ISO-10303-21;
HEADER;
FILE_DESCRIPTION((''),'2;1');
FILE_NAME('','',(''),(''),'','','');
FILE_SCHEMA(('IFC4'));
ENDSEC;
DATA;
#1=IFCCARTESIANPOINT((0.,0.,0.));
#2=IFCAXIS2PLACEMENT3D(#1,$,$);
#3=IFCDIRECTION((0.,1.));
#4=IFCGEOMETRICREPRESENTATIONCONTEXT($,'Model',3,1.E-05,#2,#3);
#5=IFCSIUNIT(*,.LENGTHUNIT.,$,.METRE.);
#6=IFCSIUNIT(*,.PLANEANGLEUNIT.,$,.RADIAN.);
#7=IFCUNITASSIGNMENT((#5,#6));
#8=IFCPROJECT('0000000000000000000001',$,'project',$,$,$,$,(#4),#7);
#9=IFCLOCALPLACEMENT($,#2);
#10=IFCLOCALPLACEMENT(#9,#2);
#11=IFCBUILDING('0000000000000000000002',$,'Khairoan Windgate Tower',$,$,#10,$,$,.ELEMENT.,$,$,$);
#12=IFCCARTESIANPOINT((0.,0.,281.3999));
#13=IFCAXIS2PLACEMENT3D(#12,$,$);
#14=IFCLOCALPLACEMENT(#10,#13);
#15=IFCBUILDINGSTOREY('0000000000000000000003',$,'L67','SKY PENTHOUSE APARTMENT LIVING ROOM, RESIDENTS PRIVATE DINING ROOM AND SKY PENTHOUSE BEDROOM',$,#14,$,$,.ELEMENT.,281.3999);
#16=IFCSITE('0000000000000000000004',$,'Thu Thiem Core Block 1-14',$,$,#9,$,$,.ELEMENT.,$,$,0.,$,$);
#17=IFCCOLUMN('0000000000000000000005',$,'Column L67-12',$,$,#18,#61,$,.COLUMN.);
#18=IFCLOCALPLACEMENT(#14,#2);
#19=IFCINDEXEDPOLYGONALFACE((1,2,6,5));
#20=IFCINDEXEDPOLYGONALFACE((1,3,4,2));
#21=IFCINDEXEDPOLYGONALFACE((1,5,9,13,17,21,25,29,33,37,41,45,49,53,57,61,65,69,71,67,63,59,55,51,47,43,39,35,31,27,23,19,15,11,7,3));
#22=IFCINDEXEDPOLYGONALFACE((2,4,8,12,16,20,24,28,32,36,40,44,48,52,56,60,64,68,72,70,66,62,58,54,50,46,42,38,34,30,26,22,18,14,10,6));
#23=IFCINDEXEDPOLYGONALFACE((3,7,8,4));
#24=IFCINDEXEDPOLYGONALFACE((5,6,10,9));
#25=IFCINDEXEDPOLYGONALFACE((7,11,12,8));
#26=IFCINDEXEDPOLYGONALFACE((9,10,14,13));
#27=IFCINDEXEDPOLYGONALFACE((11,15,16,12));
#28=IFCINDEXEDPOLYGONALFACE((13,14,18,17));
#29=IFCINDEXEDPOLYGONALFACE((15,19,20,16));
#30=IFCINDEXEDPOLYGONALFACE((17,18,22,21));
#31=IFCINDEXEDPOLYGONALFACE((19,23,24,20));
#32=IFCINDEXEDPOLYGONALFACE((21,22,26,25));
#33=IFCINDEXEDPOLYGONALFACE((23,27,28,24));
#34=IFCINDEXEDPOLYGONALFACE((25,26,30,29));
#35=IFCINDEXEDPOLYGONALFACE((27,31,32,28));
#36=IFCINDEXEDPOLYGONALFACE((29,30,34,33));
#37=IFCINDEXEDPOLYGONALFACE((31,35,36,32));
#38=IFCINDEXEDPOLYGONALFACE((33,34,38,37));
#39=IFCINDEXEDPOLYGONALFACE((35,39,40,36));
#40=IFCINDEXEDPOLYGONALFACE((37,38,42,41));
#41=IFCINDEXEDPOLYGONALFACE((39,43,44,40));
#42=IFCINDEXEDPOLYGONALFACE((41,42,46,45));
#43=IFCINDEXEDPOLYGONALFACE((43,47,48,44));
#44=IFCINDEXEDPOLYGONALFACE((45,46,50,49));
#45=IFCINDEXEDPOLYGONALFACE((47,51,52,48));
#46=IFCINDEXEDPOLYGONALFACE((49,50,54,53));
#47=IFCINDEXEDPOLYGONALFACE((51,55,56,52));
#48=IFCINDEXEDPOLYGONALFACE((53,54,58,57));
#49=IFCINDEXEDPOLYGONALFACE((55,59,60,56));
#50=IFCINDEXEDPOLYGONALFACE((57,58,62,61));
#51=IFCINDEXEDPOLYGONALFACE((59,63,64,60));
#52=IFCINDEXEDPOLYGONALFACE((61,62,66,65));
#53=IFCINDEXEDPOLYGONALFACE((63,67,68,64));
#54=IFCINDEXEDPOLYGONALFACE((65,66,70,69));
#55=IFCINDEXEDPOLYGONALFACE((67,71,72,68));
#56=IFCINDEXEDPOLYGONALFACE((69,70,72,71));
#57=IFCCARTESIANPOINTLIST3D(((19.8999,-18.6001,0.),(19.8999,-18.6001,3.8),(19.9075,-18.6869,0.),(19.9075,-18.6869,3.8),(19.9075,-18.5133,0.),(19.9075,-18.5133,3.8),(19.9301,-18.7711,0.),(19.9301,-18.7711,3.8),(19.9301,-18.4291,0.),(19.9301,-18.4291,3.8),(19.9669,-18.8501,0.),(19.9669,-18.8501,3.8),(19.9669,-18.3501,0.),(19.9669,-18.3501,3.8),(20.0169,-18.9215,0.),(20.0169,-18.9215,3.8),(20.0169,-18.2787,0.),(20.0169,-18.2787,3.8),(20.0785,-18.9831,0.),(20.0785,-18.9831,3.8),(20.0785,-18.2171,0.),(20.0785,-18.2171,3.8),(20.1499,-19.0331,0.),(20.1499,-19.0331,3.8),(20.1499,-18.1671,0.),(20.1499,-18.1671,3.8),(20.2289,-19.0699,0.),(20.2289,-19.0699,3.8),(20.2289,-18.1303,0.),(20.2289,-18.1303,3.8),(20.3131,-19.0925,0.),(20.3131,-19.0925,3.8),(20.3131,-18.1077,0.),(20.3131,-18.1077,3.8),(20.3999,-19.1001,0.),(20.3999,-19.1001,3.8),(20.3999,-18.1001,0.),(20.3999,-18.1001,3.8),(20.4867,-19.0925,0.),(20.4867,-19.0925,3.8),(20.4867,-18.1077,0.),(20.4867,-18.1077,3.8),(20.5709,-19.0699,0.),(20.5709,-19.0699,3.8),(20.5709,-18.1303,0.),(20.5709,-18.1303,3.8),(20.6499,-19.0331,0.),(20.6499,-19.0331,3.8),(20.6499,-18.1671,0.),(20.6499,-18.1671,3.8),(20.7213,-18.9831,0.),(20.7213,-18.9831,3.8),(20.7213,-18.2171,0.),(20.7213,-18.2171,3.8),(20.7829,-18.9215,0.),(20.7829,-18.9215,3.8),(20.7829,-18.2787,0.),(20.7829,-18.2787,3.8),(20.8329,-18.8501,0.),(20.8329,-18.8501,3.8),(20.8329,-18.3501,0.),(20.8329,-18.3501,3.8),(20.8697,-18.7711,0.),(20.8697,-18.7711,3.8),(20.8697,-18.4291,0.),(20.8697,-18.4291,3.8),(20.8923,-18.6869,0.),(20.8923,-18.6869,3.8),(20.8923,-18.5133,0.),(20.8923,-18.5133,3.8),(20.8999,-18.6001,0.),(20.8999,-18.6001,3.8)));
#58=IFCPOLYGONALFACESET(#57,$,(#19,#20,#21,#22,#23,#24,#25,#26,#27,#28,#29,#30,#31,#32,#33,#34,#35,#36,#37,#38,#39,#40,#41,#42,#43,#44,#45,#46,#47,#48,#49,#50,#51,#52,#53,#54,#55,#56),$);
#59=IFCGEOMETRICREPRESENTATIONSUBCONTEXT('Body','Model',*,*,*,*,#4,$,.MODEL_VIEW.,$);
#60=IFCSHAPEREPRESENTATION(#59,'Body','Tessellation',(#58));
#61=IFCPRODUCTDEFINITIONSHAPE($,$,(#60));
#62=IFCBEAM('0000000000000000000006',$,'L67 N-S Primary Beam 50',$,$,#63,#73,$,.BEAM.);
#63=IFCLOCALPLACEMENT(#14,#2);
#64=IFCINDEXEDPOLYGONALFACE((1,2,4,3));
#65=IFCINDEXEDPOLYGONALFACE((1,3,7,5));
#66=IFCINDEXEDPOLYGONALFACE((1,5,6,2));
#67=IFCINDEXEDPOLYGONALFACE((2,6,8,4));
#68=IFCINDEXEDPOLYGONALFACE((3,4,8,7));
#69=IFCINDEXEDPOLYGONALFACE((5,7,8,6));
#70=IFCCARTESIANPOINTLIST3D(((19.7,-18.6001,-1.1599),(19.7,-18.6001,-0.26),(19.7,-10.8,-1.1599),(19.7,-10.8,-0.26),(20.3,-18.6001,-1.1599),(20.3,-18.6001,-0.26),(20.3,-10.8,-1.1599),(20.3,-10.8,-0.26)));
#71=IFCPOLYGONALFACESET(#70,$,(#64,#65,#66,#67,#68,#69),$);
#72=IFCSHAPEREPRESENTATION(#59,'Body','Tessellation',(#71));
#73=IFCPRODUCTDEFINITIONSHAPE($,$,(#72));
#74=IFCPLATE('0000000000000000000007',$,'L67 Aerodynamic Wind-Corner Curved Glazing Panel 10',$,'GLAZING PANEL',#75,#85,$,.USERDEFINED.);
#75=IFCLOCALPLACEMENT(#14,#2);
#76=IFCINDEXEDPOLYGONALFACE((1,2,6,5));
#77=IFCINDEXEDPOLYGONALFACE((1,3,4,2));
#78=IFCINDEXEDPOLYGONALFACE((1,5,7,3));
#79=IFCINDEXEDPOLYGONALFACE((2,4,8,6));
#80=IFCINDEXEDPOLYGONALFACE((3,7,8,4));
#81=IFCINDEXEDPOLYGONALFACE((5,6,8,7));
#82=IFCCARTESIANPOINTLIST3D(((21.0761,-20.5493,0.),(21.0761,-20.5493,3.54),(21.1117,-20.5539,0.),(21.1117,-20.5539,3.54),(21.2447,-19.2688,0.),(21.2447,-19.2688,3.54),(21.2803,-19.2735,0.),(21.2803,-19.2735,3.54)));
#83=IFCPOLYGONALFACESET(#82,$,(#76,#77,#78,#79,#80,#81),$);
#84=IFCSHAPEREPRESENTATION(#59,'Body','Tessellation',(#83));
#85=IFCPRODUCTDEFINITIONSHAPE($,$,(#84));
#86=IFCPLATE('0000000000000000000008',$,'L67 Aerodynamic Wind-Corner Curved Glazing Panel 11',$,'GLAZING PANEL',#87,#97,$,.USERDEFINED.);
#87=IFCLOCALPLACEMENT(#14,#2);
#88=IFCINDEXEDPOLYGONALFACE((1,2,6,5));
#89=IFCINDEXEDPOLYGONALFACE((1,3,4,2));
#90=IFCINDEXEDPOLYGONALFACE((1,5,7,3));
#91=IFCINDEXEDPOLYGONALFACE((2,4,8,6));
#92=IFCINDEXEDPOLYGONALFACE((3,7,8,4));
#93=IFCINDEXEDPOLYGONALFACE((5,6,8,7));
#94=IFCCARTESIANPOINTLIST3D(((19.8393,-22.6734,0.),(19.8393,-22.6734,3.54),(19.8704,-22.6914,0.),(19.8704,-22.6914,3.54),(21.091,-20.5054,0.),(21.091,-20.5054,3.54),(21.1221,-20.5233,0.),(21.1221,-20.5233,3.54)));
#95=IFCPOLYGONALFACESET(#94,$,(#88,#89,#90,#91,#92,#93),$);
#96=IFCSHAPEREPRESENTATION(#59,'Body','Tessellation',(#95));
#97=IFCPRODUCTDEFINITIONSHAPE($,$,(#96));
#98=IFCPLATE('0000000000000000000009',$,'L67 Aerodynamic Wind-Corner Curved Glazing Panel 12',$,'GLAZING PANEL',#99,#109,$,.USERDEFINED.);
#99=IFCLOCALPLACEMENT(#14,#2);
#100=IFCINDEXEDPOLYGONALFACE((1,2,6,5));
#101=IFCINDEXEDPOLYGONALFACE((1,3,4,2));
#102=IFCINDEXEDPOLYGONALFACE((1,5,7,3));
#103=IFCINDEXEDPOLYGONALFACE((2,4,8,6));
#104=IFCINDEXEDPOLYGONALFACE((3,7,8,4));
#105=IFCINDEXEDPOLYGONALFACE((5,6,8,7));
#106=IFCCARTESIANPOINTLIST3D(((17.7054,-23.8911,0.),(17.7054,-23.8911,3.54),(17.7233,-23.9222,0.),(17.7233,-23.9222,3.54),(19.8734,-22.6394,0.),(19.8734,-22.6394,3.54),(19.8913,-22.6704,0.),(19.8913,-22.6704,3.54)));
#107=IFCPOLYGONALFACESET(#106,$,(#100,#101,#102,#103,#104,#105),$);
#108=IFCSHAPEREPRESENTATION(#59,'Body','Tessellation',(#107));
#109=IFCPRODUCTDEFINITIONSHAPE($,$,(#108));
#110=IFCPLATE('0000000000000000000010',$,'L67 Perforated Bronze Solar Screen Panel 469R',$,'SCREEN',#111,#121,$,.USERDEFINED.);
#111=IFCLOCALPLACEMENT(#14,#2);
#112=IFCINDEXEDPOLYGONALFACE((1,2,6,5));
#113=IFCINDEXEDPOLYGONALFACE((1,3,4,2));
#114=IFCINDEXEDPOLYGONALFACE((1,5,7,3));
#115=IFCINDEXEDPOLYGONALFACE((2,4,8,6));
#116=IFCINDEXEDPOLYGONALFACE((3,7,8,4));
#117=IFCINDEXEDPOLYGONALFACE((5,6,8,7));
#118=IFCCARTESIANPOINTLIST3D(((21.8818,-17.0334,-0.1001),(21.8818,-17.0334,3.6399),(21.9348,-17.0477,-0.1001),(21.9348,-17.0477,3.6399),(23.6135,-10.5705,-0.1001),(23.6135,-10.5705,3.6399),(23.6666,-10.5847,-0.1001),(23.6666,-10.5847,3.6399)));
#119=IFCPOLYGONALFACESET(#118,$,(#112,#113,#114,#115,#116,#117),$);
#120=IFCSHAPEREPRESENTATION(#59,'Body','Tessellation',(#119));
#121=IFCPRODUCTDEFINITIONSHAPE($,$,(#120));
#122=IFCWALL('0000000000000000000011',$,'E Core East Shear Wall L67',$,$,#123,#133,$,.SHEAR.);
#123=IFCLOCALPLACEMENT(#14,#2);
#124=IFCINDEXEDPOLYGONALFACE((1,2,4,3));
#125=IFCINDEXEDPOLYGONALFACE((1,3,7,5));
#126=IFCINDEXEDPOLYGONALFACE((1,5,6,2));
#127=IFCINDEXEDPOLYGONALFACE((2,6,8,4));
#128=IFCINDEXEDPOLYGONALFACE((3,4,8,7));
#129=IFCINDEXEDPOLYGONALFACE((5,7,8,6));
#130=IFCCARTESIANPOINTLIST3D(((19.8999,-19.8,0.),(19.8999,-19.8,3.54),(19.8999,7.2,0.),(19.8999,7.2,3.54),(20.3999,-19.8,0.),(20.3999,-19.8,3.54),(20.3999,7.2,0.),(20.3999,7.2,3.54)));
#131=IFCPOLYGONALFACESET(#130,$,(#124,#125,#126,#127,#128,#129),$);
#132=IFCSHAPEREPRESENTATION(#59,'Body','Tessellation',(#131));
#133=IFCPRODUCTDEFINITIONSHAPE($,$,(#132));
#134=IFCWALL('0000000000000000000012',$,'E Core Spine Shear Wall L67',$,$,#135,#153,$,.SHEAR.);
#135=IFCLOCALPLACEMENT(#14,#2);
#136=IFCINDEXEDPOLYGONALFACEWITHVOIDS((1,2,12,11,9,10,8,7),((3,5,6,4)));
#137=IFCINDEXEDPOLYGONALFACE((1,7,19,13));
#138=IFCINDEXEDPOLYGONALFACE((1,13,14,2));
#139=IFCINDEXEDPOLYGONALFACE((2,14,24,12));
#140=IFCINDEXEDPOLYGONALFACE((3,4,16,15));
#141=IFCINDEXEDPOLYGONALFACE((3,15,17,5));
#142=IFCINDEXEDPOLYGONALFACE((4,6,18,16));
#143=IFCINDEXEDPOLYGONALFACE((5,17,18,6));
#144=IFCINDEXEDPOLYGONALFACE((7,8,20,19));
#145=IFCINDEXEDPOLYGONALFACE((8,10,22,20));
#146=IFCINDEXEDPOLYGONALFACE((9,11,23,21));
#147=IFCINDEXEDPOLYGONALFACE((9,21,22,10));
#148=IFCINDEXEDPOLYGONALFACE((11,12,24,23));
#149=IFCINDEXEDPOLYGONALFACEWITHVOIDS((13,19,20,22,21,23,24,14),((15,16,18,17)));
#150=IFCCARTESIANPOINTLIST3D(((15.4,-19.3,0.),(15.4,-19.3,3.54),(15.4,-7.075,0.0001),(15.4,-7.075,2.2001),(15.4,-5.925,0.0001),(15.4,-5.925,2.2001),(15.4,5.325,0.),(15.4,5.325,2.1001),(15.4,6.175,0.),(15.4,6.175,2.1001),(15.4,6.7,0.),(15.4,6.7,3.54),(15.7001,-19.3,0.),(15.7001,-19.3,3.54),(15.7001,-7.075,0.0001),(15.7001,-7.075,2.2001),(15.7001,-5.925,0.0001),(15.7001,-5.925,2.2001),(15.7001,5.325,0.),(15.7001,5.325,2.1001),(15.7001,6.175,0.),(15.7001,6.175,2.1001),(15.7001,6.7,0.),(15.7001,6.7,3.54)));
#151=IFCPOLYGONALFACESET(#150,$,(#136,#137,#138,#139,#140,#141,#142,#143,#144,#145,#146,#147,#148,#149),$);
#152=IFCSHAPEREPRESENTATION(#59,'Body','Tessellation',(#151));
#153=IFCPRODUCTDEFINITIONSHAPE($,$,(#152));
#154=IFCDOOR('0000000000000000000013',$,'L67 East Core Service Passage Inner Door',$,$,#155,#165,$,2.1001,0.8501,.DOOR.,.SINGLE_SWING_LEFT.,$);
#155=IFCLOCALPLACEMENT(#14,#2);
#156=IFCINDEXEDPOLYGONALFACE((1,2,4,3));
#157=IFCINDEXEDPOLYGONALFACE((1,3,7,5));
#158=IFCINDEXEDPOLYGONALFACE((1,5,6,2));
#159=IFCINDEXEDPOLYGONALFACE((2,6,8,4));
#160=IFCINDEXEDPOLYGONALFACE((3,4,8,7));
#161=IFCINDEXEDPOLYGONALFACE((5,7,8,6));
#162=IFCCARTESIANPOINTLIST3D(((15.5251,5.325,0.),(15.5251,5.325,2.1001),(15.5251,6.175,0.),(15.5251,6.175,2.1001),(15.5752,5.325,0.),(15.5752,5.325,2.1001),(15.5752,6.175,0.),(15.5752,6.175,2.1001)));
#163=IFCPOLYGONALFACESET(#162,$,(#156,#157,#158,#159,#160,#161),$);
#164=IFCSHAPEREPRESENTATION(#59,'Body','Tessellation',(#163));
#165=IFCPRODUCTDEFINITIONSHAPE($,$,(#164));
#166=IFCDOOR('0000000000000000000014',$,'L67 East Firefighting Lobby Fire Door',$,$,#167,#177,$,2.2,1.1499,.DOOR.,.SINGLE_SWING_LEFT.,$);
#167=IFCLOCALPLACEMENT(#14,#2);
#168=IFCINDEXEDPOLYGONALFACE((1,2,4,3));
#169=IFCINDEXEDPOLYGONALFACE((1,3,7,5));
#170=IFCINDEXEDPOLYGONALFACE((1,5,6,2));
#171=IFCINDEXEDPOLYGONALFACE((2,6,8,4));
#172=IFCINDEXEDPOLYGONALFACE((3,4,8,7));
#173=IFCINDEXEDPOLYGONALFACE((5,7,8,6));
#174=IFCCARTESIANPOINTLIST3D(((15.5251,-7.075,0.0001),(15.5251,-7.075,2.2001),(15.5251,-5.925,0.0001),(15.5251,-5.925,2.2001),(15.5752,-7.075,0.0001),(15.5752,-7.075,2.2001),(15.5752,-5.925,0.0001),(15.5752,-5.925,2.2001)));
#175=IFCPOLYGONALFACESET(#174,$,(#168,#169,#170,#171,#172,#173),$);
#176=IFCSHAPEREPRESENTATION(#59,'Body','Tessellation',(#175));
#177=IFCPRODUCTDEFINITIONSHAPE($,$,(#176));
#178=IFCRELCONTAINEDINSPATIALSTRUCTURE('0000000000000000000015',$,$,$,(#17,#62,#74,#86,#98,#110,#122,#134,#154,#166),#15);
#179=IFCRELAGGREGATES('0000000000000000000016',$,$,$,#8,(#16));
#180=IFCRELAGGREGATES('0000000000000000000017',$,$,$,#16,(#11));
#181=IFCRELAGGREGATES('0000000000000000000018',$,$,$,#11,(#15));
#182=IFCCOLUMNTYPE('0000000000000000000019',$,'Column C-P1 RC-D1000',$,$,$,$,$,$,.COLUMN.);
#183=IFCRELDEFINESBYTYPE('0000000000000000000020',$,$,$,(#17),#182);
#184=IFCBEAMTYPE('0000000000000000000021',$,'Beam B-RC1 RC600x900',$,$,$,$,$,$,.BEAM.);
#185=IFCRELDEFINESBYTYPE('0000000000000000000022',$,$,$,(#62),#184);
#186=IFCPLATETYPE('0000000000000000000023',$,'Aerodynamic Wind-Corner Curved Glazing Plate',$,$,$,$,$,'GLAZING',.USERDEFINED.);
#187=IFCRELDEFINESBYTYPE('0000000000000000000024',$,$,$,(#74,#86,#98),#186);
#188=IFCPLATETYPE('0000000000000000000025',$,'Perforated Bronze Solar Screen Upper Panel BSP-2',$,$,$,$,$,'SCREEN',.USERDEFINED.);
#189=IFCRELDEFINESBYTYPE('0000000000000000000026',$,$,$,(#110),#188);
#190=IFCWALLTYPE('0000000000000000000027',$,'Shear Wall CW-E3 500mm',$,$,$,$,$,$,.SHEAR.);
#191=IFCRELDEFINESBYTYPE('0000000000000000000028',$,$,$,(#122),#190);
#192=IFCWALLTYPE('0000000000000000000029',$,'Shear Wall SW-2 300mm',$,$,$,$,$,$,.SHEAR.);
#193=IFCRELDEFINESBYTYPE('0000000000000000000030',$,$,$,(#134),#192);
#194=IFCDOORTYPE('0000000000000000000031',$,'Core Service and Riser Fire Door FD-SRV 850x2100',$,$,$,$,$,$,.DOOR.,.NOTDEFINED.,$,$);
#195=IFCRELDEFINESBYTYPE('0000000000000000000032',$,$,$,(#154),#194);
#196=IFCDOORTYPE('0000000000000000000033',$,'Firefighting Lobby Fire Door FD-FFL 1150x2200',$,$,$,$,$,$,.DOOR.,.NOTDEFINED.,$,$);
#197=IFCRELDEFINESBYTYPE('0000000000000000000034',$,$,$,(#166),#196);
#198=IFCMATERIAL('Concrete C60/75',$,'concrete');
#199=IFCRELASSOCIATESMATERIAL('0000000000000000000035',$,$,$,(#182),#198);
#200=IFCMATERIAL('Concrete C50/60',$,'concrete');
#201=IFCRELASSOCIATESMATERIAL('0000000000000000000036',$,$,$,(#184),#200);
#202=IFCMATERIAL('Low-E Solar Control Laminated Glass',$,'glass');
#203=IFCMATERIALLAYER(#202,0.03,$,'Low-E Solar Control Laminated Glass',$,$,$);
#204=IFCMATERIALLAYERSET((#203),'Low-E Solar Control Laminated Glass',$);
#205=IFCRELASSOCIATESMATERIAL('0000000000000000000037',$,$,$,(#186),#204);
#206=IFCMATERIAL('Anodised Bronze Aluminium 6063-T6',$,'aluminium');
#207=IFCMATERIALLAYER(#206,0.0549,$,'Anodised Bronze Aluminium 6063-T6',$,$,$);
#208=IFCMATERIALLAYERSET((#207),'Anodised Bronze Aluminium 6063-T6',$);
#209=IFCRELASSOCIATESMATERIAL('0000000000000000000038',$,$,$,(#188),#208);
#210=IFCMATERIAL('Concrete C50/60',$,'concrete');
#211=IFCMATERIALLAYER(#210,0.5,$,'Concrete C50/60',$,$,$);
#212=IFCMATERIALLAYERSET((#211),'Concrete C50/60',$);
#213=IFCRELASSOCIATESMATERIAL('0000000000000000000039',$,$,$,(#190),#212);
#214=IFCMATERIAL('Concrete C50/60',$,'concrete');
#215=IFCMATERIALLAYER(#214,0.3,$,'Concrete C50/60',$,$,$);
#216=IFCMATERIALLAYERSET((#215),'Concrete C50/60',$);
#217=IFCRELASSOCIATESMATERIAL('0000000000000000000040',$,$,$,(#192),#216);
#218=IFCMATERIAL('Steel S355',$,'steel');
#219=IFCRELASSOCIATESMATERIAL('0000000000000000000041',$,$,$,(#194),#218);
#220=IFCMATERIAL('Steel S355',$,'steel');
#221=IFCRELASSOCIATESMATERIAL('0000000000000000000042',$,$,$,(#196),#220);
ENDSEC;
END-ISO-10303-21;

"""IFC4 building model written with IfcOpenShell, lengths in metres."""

from ifc_helpers import new_model, si_unit, direction, frame, frame_2d, origin, origin_2d, place, context, subcontext, project, spatial, rectangle, circle, extrude, material, layer, layer_set, material_profile, profile_set, type_object, element, fill, save


model = new_model("IFC4")

# Units and contexts
model_context = context("Model", 3, precision=1e-05, world=origin(), true_north=direction((0.0, 1.0)))
body_context = subcontext(model_context, "Body", "Model", "MODEL_VIEW")
ifc_project = project(units=[si_unit("LENGTHUNIT", "METRE"), si_unit("PLANEANGLEUNIT", "RADIAN")], contexts=[model_context])

# Site, building, storey
site_placement = place(None, origin())
site = spatial("IfcSite", under=ifc_project, at=site_placement, Name="Thu Thiem Core Block 1-14", CompositionType="ELEMENT", RefElevation=0.0)
building_placement = place(site_placement, origin())
building = spatial("IfcBuilding", under=site, at=building_placement, Name="Khairoan Windgate Tower", CompositionType="ELEMENT")
storey_placement = place(building_placement, frame((0.0, 0.0, 281.3999)))
storey = spatial("IfcBuildingStorey", under=building, at=storey_placement, Name="L67", Description="SKY PENTHOUSE APARTMENT LIVING ROOM, RESIDENTS PRIVATE DINING ROOM AND SKY PENTHOUSE BEDROOM", CompositionType="ELEMENT", Elevation=281.3999)

# Column
ifc_material_1 = material(Name="Concrete C60/75", Category="concrete")
ifc_material_profile_1 = material_profile(ifc_material_1, circle(Radius=0.5, at=origin_2d()))
ifc_profile_set_1 = profile_set([ifc_material_profile_1], Name="Concrete C60/75")
column_type = type_object("IfcColumnType", Name="Column C-P1 RC-D1000", PredefinedType="COLUMN", material=ifc_profile_set_1)
column_placement = place(storey_placement, frame((20.3999, -18.6001, 0.0), z_axis=(0.0, 0.0, 1.0), x_axis=(1.0, 0.0, 0.0)))
element("IfcColumn", 1, at=column_placement, inside=storey, type_object=column_type, Name="Column L67-12", PredefinedType="COLUMN", context=body_context, shape_type="SweptSolid", body=[
    extrude(circle(Radius=0.5, at=origin_2d()), origin(), (0.0, 0.0, 1.0), 3.8),
])

# Beam
ifc_material_2 = material(Name="Concrete C50/60", Category="concrete")
ifc_material_profile_2 = material_profile(ifc_material_2, rectangle(XDim=0.6001, YDim=0.8999, at=origin_2d()))
ifc_profile_set_2 = profile_set([ifc_material_profile_2], Name="Concrete C50/60")
beam_type = type_object("IfcBeamType", Name="Beam B-RC1 RC600x900", PredefinedType="BEAM", material=ifc_profile_set_2)
beam_placement = place(storey_placement, frame((20.0, -18.6001, -0.71), z_axis=(0.0, 1.0, 0.0), x_axis=(-1.0, 0.0, 0.0)))
element("IfcBeam", 2, at=beam_placement, inside=storey, type_object=beam_type, Name="L67 N-S Primary Beam 50", PredefinedType="BEAM", context=body_context, shape_type="SweptSolid", body=[
    extrude(rectangle(XDim=0.6001, YDim=0.8999, at=origin_2d()), origin(), (0.0, 0.0, 1.0), 7.8),
])

# Plates
ifc_material_3 = material(Name="Low-E Solar Control Laminated Glass", Category="glass")
ifc_layer_1 = layer(ifc_material_3, 0.03, Name="Low-E Solar Control Laminated Glass")
ifc_layer_set_1 = layer_set([ifc_layer_1], Name="Low-E Solar Control Laminated Glass")
plate_type_1 = type_object("IfcPlateType", Name="Aerodynamic Wind-Corner Curved Glazing Plate", ElementType="GLAZING", PredefinedType="USERDEFINED", material=ifc_layer_set_1)
plate_1_placement = place(storey_placement, frame((21.1782, -19.9114, 0.0), z_axis=(0.0, 0.0, 1.0), x_axis=(-0.130526, -0.991445, 0.0)))
element("IfcPlate", 3, at=plate_1_placement, inside=storey, type_object=plate_type_1, Name="L67 Aerodynamic Wind-Corner Curved Glazing Panel 10", ObjectType="GLAZING PANEL", PredefinedType="USERDEFINED", context=body_context, shape_type="SweptSolid", body=[
    extrude(rectangle(XDim=1.2915, YDim=0.0359, at=origin_2d()), origin(), (0.0, 0.0, 1.0), 3.54),
])
for number, where, z_axis, x_axis, name in (
    (4, (20.4807, -21.5984, 0.0), (0.0, 0.0, 1.0), (-0.5, -0.866025, 0.0), "L67 Aerodynamic Wind-Corner Curved Glazing Panel 11"),
    (5, (18.7983, -23.2808, 0.0), (0.0, 0.0, 1.0), (-0.866025, -0.5, 0.0), "L67 Aerodynamic Wind-Corner Curved Glazing Panel 12"),
):
    element("IfcPlate", number, at=place(storey_placement, frame(where, z_axis=z_axis, x_axis=x_axis)), inside=storey, type_object=plate_type_1, Name=name, ObjectType="GLAZING PANEL", PredefinedType="USERDEFINED", context=body_context, shape_type="SweptSolid", body=[
        extrude(rectangle(XDim=2.5034, YDim=0.0359, at=origin_2d()), origin(), (0.0, 0.0, 1.0), 3.54),
    ])

# Plate
ifc_material_4 = material(Name="Anodised Bronze Aluminium 6063-T6", Category="aluminium")
ifc_layer_2 = layer(ifc_material_4, 0.0549, Name="Anodised Bronze Aluminium 6063-T6")
ifc_layer_set_2 = layer_set([ifc_layer_2], Name="Anodised Bronze Aluminium 6063-T6")
plate_type_2 = type_object("IfcPlateType", Name="Perforated Bronze Solar Screen Upper Panel BSP-2", ElementType="SCREEN", PredefinedType="USERDEFINED", material=ifc_layer_set_2)
plate_2_placement = place(storey_placement, frame((22.7742, -13.8091, -0.1001), z_axis=(0.0, 0.0, 1.0), x_axis=(-0.258819, -0.965926, 0.0)))
element("IfcPlate", 6, at=plate_2_placement, inside=storey, type_object=plate_type_2, Name="L67 Perforated Bronze Solar Screen Panel 469R", ObjectType="SCREEN", PredefinedType="USERDEFINED", context=body_context, shape_type="SweptSolid", body=[
    extrude(rectangle(XDim=6.6909, YDim=0.0549, at=origin_2d()), origin(), (0.0, 0.0, 1.0), 3.74),
])

# Wall
ifc_material_5 = material(Name="Concrete C50/60", Category="concrete")
ifc_layer_3 = layer(ifc_material_5, 0.5, Name="Concrete C50/60")
ifc_layer_set_3 = layer_set([ifc_layer_3], Name="Concrete C50/60")
wall_type_1 = type_object("IfcWallType", Name="Shear Wall CW-E3 500mm", PredefinedType="SHEAR", material=ifc_layer_set_3)
wall_1_placement = place(storey_placement, frame((20.1499, -19.8, 0.0), z_axis=(0.0, 0.0, 1.0), x_axis=(0.0, 1.0, 0.0)))
element("IfcWall", 7, at=wall_1_placement, inside=storey, type_object=wall_type_1, Name="E Core East Shear Wall L67", PredefinedType="SHEAR", context=body_context, shape_type="SweptSolid", body=[
    extrude(rectangle(XDim=27.0, YDim=0.5, at=frame_2d((13.5, 0.0))), origin(), (0.0, 0.0, 1.0), 3.54),
])

# Wall, openings, doors
ifc_material_6 = material(Name="Concrete C50/60", Category="concrete")
ifc_layer_4 = layer(ifc_material_6, 0.3, Name="Concrete C50/60")
ifc_layer_set_4 = layer_set([ifc_layer_4], Name="Concrete C50/60")
wall_type_2 = type_object("IfcWallType", Name="Shear Wall SW-2 300mm", PredefinedType="SHEAR", material=ifc_layer_set_4)
wall_2_placement = place(storey_placement, frame((15.55, -19.3, 0.0), z_axis=(0.0, 0.0, 1.0), x_axis=(0.0, 1.0, 0.0)))
wall_2 = element("IfcWall", 8, at=wall_2_placement, inside=storey, type_object=wall_type_2, Name="E Core Spine Shear Wall L67", PredefinedType="SHEAR", context=body_context, shape_type="SweptSolid", body=[
    extrude(rectangle(XDim=26.0, YDim=0.3, at=frame_2d((13.0, 0.0))), origin(), (0.0, 0.0, 1.0), 3.54),
])
opening_1_placement = place(wall_2_placement, frame((12.2251, 0.0, 0.0)))
opening_1 = element("IfcOpeningElement", 9, at=opening_1_placement, cuts=wall_2, PredefinedType="OPENING", context=body_context, shape_type="SweptSolid", body=[
    extrude(rectangle(XDim=1.1499, YDim=2.2, at=frame_2d((0.575, 1.1001))), frame((0.0, 0.1599, 0.0), z_axis=(0.0, -1.0, 0.0), x_axis=(1.0, 0.0, 0.0)), (0.0, 0.0, 1.0), 0.3201),
])
opening_2_placement = place(wall_2_placement, frame((24.625, 0.0, 0.0)))
opening_2 = element("IfcOpeningElement", 10, at=opening_2_placement, cuts=wall_2, PredefinedType="OPENING", context=body_context, shape_type="SweptSolid", body=[
    extrude(rectangle(XDim=0.8501, YDim=2.1001, at=frame_2d((0.425, 1.05))), frame((0.0, 0.1599, 0.0), z_axis=(0.0, -1.0, 0.0), x_axis=(1.0, 0.0, 0.0)), (0.0, 0.0, 1.0), 0.3201),
])
ifc_material_7 = material(Name="Steel S355", Category="steel")
door_type_1 = type_object("IfcDoorType", Name="Core Service and Riser Fire Door FD-SRV 850x2100", OperationType="NOTDEFINED", PredefinedType="DOOR", material=ifc_material_7)
door_1_placement = place(opening_2_placement, origin())
door_1 = element("IfcDoor", 11, at=door_1_placement, inside=storey, type_object=door_type_1, Name="L67 East Core Service Passage Inner Door", OperationType="SINGLE_SWING_LEFT", OverallHeight=2.1001, OverallWidth=0.8501, PredefinedType="DOOR", context=body_context, shape_type="SweptSolid", body=[
    extrude(rectangle(XDim=0.8501, YDim=2.1001, at=frame_2d((0.425, 1.05))), frame((0.0, 0.0249, 0.0), z_axis=(0.0, -1.0, 0.0), x_axis=(1.0, 0.0, 0.0)), (0.0, 0.0, 1.0), 0.05),
])
fill(opening_2, door_1)
ifc_material_8 = material(Name="Steel S355", Category="steel")
door_type_2 = type_object("IfcDoorType", Name="Firefighting Lobby Fire Door FD-FFL 1150x2200", OperationType="NOTDEFINED", PredefinedType="DOOR", material=ifc_material_8)
door_2_placement = place(opening_1_placement, origin())
door_2 = element("IfcDoor", 12, at=door_2_placement, inside=storey, type_object=door_type_2, Name="L67 East Firefighting Lobby Fire Door", OperationType="SINGLE_SWING_LEFT", OverallHeight=2.2, OverallWidth=1.1499, PredefinedType="DOOR", context=body_context, shape_type="SweptSolid", body=[
    extrude(rectangle(XDim=1.1499, YDim=2.2, at=frame_2d((0.575, 1.1001))), frame((0.0, 0.0249, 0.0), z_axis=(0.0, -1.0, 0.0), x_axis=(1.0, 0.0, 0.0)), (0.0, 0.0, 1.0), 0.05),
])
fill(opening_1, door_2)

save(model, "model.ifc")
